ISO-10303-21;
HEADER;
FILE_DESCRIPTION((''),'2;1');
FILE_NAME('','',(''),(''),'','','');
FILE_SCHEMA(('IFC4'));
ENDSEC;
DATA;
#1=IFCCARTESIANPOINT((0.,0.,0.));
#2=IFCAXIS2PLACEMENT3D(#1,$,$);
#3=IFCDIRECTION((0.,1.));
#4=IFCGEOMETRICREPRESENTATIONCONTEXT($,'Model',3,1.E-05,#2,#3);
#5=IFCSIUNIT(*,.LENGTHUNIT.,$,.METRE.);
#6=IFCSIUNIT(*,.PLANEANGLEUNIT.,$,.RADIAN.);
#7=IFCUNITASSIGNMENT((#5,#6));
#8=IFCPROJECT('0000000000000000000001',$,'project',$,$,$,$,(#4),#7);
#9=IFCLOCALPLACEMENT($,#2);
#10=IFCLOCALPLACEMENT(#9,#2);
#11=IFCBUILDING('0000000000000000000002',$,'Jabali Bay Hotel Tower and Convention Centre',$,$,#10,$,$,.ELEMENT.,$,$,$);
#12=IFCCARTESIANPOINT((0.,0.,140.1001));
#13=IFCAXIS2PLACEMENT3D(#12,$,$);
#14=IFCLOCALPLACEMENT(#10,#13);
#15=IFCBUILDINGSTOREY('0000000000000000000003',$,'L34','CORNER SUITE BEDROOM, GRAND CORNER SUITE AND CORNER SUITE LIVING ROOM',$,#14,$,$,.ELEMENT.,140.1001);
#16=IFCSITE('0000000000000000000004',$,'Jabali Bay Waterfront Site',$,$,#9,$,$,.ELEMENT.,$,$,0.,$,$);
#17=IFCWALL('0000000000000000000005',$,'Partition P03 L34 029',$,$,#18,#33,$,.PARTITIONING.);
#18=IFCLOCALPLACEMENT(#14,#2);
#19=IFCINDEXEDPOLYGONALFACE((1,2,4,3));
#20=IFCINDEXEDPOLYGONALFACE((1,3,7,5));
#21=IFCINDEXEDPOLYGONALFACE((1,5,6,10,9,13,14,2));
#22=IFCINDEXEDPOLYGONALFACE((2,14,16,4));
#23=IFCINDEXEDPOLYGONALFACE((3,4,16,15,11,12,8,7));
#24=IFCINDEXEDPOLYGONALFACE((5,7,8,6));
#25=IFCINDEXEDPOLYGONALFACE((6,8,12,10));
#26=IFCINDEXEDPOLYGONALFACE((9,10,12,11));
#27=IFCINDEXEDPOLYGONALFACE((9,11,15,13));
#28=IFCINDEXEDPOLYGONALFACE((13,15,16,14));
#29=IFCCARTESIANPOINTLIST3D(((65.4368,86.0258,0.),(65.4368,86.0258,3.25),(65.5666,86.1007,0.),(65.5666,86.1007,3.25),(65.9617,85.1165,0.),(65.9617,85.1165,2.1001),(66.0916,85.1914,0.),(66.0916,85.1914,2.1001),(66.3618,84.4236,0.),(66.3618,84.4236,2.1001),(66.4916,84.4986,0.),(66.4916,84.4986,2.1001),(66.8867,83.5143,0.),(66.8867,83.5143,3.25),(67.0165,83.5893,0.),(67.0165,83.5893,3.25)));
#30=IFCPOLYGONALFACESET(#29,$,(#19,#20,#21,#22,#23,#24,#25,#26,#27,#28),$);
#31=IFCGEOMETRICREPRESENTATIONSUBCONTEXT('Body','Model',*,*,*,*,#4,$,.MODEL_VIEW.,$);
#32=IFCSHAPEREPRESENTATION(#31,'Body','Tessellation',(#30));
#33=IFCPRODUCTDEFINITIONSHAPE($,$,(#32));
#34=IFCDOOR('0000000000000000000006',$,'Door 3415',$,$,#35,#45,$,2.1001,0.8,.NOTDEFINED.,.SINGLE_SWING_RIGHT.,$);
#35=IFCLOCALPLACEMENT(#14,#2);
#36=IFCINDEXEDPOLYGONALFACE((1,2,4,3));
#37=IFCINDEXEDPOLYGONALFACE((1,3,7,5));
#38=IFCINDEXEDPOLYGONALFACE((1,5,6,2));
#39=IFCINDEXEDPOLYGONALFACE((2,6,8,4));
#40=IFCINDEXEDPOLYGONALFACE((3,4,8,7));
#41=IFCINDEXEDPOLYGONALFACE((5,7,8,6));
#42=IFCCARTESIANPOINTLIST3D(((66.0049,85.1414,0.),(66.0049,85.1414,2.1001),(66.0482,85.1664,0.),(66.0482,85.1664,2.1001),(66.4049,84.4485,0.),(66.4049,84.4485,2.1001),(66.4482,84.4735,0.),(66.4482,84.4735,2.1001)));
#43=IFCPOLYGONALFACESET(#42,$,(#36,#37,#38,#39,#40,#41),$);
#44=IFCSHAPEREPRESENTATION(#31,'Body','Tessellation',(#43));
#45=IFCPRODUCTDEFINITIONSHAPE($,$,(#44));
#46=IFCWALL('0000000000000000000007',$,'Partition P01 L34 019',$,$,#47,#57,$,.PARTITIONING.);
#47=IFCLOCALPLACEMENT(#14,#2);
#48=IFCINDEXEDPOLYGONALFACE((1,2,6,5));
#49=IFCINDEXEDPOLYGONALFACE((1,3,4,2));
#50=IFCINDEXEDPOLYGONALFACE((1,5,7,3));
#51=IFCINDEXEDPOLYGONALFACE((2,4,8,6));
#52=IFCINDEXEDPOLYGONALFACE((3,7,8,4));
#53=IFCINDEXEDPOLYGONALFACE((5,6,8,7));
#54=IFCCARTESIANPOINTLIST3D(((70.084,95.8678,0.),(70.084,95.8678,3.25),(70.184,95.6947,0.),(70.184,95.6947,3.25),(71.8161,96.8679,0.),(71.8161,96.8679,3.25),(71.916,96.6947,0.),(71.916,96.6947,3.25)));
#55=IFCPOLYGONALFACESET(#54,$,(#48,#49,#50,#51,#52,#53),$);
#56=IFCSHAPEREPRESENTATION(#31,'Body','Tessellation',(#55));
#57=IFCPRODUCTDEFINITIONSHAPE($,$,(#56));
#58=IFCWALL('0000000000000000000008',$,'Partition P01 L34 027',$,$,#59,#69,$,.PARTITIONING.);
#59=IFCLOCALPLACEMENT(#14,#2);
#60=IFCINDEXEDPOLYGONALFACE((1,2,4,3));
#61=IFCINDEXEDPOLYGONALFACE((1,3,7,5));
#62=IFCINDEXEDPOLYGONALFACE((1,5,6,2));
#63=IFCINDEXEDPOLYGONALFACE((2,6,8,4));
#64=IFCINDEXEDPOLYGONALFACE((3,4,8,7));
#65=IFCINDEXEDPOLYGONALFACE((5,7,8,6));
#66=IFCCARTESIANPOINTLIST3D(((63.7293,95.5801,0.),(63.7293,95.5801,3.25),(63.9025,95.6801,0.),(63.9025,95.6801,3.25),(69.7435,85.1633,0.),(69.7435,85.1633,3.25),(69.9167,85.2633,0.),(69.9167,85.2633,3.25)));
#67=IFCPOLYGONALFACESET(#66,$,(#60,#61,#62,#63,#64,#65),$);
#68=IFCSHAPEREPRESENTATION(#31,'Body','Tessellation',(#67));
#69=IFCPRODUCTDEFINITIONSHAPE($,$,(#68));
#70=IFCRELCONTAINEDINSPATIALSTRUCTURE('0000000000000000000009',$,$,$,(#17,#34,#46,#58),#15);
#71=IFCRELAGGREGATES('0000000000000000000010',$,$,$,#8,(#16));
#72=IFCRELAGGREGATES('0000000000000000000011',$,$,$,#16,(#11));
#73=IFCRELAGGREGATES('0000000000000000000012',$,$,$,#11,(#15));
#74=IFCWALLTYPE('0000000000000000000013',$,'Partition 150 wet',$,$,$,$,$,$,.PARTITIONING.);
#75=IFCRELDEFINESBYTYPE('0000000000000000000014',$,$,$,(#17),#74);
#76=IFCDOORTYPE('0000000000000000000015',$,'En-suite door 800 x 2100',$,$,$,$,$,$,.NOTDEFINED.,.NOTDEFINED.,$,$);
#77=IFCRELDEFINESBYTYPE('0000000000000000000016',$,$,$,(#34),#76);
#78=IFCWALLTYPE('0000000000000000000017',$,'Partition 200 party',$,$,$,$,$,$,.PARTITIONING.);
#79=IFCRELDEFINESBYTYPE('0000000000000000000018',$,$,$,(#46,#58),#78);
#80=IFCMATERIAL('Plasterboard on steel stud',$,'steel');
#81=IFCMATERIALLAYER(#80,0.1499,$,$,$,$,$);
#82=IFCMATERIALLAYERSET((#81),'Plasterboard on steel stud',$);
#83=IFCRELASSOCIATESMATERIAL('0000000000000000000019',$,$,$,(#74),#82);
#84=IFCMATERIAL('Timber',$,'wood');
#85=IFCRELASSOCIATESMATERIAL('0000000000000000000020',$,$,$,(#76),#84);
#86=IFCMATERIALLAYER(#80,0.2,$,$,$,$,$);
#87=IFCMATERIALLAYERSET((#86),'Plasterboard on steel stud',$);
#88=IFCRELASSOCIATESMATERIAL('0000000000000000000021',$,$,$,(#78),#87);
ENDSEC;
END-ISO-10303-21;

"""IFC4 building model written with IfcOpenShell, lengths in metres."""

from ifc_helpers import new_model, si_unit, direction, frame, frame_2d, origin, place, context, subcontext, project, spatial, rectangle, extrude, material, layer, layer_set, type_object, element, fill, save


model = new_model("IFC4")

# Units and contexts
model_context = context("Model", 3, precision=1e-05, world=origin(), true_north=direction((0.0, 1.0)))
body_context = subcontext(model_context, "Body", "Model", "MODEL_VIEW")
ifc_project = project(units=[si_unit("LENGTHUNIT", "METRE"), si_unit("PLANEANGLEUNIT", "RADIAN")], contexts=[model_context])

# Site, building, storey
site_placement = place(None, origin())
site = spatial("IfcSite", under=ifc_project, at=site_placement, Name="Jabali Bay Waterfront Site", CompositionType="ELEMENT", RefElevation=0.0)
building_placement = place(site_placement, origin())
building = spatial("IfcBuilding", under=site, at=building_placement, Name="Jabali Bay Hotel Tower and Convention Centre", CompositionType="ELEMENT")
storey_placement = place(building_placement, frame((0.0, 0.0, 140.1001)))
storey = spatial("IfcBuildingStorey", under=building, at=storey_placement, Name="L34", Description="CORNER SUITE BEDROOM, GRAND CORNER SUITE AND CORNER SUITE LIVING ROOM", CompositionType="ELEMENT", Elevation=140.1001)

# Shared definitions
ifc_material_1 = material(Name="Plasterboard on steel stud", Category="steel")
ifc_layer_1 = layer(ifc_material_1, 0.1499)
ifc_layer_set_1 = layer_set([ifc_layer_1], Name="Plasterboard on steel stud")
wall_type_1 = type_object("IfcWallType", Name="Partition 150 wet", PredefinedType="PARTITIONING", material=ifc_layer_set_1)

# Wall, opening, door
wall_1_placement = place(storey_placement, frame((65.5017, 86.0632, 0.0), z_axis=(0.0, 0.0, 1.0), x_axis=(0.499987, -0.866033, 0.0)))
wall_1 = element("IfcWall", 1, at=wall_1_placement, inside=storey, type_object=wall_type_1, Name="Partition P03 L34 029", PredefinedType="PARTITIONING", context=body_context, shape_type="SweptSolid", body=[
    extrude(rectangle(XDim=2.8999, YDim=0.1499, at=frame_2d((1.45, 0.0))), origin(), (0.0, 0.0, 1.0), 3.25),
])
opening_1_placement = place(wall_1_placement, frame((1.05, 0.0, 0.0)))
opening_1 = element("IfcOpeningElement", 2, at=opening_1_placement, cuts=wall_1, PredefinedType="OPENING", context=body_context, shape_type="SweptSolid", body=[
    extrude(rectangle(XDim=0.8, YDim=2.1001, at=frame_2d((0.3999, 1.05))), frame((0.0, 0.0854, 0.0), z_axis=(0.0, -1.0, 0.0), x_axis=(1.0, 0.0, 0.0)), (0.0, 0.0, 1.0), 0.1709),
])
ifc_material_2 = material(Name="Timber", Category="wood")
door_type_1 = type_object("IfcDoorType", Name="En-suite door 800 x 2100", OperationType="NOTDEFINED", PredefinedType="NOTDEFINED", material=ifc_material_2)
door_1_placement = place(opening_1_placement, origin())
door_1 = element("IfcDoor", 3, at=door_1_placement, inside=storey, type_object=door_type_1, Name="Door 3415", OperationType="SINGLE_SWING_RIGHT", OverallHeight=2.1001, OverallWidth=0.8, PredefinedType="NOTDEFINED", context=body_context, shape_type="SweptSolid", body=[
    extrude(rectangle(XDim=0.8, YDim=2.1001, at=frame_2d((0.3999, 1.05))), frame((0.0, 0.0249, 0.0), z_axis=(0.0, -1.0, 0.0), x_axis=(1.0, 0.0, 0.0)), (0.0, 0.0, 1.0), 0.05),
])
fill(opening_1, door_1)

# Walls
ifc_layer_2 = layer(ifc_material_1, 0.2)
ifc_layer_set_2 = layer_set([ifc_layer_2], Name="Plasterboard on steel stud")
wall_type_2 = type_object("IfcWallType", Name="Partition 200 party", PredefinedType="PARTITIONING", material=ifc_layer_set_2)
wall_2_placement = place(storey_placement, frame((70.134, 95.7812, 0.0), z_axis=(0.0, 0.0, 1.0), x_axis=(0.866011, 0.500025, 0.0)))
element("IfcWall", 4, at=wall_2_placement, inside=storey, type_object=wall_type_2, Name="Partition P01 L34 019", PredefinedType="PARTITIONING", context=body_context, shape_type="SweptSolid", body=[
    extrude(rectangle(XDim=2.0, YDim=0.2, at=frame_2d((1.0, 0.0))), origin(), (0.0, 0.0, 1.0), 3.25),
])
wall_3_placement = place(storey_placement, frame((63.8159, 95.6301, 0.0), z_axis=(0.0, 0.0, 1.0), x_axis=(0.500003, -0.866024, 0.0)))
element("IfcWall", 5, at=wall_3_placement, inside=storey, type_object=wall_type_2, Name="Partition P01 L34 027", PredefinedType="PARTITIONING", context=body_context, shape_type="SweptSolid", body=[
    extrude(rectangle(XDim=12.0283, YDim=0.2, at=frame_2d((6.0142, 0.0))), origin(), (0.0, 0.0, 1.0), 3.25),
])

save(model, "model.ifc")
